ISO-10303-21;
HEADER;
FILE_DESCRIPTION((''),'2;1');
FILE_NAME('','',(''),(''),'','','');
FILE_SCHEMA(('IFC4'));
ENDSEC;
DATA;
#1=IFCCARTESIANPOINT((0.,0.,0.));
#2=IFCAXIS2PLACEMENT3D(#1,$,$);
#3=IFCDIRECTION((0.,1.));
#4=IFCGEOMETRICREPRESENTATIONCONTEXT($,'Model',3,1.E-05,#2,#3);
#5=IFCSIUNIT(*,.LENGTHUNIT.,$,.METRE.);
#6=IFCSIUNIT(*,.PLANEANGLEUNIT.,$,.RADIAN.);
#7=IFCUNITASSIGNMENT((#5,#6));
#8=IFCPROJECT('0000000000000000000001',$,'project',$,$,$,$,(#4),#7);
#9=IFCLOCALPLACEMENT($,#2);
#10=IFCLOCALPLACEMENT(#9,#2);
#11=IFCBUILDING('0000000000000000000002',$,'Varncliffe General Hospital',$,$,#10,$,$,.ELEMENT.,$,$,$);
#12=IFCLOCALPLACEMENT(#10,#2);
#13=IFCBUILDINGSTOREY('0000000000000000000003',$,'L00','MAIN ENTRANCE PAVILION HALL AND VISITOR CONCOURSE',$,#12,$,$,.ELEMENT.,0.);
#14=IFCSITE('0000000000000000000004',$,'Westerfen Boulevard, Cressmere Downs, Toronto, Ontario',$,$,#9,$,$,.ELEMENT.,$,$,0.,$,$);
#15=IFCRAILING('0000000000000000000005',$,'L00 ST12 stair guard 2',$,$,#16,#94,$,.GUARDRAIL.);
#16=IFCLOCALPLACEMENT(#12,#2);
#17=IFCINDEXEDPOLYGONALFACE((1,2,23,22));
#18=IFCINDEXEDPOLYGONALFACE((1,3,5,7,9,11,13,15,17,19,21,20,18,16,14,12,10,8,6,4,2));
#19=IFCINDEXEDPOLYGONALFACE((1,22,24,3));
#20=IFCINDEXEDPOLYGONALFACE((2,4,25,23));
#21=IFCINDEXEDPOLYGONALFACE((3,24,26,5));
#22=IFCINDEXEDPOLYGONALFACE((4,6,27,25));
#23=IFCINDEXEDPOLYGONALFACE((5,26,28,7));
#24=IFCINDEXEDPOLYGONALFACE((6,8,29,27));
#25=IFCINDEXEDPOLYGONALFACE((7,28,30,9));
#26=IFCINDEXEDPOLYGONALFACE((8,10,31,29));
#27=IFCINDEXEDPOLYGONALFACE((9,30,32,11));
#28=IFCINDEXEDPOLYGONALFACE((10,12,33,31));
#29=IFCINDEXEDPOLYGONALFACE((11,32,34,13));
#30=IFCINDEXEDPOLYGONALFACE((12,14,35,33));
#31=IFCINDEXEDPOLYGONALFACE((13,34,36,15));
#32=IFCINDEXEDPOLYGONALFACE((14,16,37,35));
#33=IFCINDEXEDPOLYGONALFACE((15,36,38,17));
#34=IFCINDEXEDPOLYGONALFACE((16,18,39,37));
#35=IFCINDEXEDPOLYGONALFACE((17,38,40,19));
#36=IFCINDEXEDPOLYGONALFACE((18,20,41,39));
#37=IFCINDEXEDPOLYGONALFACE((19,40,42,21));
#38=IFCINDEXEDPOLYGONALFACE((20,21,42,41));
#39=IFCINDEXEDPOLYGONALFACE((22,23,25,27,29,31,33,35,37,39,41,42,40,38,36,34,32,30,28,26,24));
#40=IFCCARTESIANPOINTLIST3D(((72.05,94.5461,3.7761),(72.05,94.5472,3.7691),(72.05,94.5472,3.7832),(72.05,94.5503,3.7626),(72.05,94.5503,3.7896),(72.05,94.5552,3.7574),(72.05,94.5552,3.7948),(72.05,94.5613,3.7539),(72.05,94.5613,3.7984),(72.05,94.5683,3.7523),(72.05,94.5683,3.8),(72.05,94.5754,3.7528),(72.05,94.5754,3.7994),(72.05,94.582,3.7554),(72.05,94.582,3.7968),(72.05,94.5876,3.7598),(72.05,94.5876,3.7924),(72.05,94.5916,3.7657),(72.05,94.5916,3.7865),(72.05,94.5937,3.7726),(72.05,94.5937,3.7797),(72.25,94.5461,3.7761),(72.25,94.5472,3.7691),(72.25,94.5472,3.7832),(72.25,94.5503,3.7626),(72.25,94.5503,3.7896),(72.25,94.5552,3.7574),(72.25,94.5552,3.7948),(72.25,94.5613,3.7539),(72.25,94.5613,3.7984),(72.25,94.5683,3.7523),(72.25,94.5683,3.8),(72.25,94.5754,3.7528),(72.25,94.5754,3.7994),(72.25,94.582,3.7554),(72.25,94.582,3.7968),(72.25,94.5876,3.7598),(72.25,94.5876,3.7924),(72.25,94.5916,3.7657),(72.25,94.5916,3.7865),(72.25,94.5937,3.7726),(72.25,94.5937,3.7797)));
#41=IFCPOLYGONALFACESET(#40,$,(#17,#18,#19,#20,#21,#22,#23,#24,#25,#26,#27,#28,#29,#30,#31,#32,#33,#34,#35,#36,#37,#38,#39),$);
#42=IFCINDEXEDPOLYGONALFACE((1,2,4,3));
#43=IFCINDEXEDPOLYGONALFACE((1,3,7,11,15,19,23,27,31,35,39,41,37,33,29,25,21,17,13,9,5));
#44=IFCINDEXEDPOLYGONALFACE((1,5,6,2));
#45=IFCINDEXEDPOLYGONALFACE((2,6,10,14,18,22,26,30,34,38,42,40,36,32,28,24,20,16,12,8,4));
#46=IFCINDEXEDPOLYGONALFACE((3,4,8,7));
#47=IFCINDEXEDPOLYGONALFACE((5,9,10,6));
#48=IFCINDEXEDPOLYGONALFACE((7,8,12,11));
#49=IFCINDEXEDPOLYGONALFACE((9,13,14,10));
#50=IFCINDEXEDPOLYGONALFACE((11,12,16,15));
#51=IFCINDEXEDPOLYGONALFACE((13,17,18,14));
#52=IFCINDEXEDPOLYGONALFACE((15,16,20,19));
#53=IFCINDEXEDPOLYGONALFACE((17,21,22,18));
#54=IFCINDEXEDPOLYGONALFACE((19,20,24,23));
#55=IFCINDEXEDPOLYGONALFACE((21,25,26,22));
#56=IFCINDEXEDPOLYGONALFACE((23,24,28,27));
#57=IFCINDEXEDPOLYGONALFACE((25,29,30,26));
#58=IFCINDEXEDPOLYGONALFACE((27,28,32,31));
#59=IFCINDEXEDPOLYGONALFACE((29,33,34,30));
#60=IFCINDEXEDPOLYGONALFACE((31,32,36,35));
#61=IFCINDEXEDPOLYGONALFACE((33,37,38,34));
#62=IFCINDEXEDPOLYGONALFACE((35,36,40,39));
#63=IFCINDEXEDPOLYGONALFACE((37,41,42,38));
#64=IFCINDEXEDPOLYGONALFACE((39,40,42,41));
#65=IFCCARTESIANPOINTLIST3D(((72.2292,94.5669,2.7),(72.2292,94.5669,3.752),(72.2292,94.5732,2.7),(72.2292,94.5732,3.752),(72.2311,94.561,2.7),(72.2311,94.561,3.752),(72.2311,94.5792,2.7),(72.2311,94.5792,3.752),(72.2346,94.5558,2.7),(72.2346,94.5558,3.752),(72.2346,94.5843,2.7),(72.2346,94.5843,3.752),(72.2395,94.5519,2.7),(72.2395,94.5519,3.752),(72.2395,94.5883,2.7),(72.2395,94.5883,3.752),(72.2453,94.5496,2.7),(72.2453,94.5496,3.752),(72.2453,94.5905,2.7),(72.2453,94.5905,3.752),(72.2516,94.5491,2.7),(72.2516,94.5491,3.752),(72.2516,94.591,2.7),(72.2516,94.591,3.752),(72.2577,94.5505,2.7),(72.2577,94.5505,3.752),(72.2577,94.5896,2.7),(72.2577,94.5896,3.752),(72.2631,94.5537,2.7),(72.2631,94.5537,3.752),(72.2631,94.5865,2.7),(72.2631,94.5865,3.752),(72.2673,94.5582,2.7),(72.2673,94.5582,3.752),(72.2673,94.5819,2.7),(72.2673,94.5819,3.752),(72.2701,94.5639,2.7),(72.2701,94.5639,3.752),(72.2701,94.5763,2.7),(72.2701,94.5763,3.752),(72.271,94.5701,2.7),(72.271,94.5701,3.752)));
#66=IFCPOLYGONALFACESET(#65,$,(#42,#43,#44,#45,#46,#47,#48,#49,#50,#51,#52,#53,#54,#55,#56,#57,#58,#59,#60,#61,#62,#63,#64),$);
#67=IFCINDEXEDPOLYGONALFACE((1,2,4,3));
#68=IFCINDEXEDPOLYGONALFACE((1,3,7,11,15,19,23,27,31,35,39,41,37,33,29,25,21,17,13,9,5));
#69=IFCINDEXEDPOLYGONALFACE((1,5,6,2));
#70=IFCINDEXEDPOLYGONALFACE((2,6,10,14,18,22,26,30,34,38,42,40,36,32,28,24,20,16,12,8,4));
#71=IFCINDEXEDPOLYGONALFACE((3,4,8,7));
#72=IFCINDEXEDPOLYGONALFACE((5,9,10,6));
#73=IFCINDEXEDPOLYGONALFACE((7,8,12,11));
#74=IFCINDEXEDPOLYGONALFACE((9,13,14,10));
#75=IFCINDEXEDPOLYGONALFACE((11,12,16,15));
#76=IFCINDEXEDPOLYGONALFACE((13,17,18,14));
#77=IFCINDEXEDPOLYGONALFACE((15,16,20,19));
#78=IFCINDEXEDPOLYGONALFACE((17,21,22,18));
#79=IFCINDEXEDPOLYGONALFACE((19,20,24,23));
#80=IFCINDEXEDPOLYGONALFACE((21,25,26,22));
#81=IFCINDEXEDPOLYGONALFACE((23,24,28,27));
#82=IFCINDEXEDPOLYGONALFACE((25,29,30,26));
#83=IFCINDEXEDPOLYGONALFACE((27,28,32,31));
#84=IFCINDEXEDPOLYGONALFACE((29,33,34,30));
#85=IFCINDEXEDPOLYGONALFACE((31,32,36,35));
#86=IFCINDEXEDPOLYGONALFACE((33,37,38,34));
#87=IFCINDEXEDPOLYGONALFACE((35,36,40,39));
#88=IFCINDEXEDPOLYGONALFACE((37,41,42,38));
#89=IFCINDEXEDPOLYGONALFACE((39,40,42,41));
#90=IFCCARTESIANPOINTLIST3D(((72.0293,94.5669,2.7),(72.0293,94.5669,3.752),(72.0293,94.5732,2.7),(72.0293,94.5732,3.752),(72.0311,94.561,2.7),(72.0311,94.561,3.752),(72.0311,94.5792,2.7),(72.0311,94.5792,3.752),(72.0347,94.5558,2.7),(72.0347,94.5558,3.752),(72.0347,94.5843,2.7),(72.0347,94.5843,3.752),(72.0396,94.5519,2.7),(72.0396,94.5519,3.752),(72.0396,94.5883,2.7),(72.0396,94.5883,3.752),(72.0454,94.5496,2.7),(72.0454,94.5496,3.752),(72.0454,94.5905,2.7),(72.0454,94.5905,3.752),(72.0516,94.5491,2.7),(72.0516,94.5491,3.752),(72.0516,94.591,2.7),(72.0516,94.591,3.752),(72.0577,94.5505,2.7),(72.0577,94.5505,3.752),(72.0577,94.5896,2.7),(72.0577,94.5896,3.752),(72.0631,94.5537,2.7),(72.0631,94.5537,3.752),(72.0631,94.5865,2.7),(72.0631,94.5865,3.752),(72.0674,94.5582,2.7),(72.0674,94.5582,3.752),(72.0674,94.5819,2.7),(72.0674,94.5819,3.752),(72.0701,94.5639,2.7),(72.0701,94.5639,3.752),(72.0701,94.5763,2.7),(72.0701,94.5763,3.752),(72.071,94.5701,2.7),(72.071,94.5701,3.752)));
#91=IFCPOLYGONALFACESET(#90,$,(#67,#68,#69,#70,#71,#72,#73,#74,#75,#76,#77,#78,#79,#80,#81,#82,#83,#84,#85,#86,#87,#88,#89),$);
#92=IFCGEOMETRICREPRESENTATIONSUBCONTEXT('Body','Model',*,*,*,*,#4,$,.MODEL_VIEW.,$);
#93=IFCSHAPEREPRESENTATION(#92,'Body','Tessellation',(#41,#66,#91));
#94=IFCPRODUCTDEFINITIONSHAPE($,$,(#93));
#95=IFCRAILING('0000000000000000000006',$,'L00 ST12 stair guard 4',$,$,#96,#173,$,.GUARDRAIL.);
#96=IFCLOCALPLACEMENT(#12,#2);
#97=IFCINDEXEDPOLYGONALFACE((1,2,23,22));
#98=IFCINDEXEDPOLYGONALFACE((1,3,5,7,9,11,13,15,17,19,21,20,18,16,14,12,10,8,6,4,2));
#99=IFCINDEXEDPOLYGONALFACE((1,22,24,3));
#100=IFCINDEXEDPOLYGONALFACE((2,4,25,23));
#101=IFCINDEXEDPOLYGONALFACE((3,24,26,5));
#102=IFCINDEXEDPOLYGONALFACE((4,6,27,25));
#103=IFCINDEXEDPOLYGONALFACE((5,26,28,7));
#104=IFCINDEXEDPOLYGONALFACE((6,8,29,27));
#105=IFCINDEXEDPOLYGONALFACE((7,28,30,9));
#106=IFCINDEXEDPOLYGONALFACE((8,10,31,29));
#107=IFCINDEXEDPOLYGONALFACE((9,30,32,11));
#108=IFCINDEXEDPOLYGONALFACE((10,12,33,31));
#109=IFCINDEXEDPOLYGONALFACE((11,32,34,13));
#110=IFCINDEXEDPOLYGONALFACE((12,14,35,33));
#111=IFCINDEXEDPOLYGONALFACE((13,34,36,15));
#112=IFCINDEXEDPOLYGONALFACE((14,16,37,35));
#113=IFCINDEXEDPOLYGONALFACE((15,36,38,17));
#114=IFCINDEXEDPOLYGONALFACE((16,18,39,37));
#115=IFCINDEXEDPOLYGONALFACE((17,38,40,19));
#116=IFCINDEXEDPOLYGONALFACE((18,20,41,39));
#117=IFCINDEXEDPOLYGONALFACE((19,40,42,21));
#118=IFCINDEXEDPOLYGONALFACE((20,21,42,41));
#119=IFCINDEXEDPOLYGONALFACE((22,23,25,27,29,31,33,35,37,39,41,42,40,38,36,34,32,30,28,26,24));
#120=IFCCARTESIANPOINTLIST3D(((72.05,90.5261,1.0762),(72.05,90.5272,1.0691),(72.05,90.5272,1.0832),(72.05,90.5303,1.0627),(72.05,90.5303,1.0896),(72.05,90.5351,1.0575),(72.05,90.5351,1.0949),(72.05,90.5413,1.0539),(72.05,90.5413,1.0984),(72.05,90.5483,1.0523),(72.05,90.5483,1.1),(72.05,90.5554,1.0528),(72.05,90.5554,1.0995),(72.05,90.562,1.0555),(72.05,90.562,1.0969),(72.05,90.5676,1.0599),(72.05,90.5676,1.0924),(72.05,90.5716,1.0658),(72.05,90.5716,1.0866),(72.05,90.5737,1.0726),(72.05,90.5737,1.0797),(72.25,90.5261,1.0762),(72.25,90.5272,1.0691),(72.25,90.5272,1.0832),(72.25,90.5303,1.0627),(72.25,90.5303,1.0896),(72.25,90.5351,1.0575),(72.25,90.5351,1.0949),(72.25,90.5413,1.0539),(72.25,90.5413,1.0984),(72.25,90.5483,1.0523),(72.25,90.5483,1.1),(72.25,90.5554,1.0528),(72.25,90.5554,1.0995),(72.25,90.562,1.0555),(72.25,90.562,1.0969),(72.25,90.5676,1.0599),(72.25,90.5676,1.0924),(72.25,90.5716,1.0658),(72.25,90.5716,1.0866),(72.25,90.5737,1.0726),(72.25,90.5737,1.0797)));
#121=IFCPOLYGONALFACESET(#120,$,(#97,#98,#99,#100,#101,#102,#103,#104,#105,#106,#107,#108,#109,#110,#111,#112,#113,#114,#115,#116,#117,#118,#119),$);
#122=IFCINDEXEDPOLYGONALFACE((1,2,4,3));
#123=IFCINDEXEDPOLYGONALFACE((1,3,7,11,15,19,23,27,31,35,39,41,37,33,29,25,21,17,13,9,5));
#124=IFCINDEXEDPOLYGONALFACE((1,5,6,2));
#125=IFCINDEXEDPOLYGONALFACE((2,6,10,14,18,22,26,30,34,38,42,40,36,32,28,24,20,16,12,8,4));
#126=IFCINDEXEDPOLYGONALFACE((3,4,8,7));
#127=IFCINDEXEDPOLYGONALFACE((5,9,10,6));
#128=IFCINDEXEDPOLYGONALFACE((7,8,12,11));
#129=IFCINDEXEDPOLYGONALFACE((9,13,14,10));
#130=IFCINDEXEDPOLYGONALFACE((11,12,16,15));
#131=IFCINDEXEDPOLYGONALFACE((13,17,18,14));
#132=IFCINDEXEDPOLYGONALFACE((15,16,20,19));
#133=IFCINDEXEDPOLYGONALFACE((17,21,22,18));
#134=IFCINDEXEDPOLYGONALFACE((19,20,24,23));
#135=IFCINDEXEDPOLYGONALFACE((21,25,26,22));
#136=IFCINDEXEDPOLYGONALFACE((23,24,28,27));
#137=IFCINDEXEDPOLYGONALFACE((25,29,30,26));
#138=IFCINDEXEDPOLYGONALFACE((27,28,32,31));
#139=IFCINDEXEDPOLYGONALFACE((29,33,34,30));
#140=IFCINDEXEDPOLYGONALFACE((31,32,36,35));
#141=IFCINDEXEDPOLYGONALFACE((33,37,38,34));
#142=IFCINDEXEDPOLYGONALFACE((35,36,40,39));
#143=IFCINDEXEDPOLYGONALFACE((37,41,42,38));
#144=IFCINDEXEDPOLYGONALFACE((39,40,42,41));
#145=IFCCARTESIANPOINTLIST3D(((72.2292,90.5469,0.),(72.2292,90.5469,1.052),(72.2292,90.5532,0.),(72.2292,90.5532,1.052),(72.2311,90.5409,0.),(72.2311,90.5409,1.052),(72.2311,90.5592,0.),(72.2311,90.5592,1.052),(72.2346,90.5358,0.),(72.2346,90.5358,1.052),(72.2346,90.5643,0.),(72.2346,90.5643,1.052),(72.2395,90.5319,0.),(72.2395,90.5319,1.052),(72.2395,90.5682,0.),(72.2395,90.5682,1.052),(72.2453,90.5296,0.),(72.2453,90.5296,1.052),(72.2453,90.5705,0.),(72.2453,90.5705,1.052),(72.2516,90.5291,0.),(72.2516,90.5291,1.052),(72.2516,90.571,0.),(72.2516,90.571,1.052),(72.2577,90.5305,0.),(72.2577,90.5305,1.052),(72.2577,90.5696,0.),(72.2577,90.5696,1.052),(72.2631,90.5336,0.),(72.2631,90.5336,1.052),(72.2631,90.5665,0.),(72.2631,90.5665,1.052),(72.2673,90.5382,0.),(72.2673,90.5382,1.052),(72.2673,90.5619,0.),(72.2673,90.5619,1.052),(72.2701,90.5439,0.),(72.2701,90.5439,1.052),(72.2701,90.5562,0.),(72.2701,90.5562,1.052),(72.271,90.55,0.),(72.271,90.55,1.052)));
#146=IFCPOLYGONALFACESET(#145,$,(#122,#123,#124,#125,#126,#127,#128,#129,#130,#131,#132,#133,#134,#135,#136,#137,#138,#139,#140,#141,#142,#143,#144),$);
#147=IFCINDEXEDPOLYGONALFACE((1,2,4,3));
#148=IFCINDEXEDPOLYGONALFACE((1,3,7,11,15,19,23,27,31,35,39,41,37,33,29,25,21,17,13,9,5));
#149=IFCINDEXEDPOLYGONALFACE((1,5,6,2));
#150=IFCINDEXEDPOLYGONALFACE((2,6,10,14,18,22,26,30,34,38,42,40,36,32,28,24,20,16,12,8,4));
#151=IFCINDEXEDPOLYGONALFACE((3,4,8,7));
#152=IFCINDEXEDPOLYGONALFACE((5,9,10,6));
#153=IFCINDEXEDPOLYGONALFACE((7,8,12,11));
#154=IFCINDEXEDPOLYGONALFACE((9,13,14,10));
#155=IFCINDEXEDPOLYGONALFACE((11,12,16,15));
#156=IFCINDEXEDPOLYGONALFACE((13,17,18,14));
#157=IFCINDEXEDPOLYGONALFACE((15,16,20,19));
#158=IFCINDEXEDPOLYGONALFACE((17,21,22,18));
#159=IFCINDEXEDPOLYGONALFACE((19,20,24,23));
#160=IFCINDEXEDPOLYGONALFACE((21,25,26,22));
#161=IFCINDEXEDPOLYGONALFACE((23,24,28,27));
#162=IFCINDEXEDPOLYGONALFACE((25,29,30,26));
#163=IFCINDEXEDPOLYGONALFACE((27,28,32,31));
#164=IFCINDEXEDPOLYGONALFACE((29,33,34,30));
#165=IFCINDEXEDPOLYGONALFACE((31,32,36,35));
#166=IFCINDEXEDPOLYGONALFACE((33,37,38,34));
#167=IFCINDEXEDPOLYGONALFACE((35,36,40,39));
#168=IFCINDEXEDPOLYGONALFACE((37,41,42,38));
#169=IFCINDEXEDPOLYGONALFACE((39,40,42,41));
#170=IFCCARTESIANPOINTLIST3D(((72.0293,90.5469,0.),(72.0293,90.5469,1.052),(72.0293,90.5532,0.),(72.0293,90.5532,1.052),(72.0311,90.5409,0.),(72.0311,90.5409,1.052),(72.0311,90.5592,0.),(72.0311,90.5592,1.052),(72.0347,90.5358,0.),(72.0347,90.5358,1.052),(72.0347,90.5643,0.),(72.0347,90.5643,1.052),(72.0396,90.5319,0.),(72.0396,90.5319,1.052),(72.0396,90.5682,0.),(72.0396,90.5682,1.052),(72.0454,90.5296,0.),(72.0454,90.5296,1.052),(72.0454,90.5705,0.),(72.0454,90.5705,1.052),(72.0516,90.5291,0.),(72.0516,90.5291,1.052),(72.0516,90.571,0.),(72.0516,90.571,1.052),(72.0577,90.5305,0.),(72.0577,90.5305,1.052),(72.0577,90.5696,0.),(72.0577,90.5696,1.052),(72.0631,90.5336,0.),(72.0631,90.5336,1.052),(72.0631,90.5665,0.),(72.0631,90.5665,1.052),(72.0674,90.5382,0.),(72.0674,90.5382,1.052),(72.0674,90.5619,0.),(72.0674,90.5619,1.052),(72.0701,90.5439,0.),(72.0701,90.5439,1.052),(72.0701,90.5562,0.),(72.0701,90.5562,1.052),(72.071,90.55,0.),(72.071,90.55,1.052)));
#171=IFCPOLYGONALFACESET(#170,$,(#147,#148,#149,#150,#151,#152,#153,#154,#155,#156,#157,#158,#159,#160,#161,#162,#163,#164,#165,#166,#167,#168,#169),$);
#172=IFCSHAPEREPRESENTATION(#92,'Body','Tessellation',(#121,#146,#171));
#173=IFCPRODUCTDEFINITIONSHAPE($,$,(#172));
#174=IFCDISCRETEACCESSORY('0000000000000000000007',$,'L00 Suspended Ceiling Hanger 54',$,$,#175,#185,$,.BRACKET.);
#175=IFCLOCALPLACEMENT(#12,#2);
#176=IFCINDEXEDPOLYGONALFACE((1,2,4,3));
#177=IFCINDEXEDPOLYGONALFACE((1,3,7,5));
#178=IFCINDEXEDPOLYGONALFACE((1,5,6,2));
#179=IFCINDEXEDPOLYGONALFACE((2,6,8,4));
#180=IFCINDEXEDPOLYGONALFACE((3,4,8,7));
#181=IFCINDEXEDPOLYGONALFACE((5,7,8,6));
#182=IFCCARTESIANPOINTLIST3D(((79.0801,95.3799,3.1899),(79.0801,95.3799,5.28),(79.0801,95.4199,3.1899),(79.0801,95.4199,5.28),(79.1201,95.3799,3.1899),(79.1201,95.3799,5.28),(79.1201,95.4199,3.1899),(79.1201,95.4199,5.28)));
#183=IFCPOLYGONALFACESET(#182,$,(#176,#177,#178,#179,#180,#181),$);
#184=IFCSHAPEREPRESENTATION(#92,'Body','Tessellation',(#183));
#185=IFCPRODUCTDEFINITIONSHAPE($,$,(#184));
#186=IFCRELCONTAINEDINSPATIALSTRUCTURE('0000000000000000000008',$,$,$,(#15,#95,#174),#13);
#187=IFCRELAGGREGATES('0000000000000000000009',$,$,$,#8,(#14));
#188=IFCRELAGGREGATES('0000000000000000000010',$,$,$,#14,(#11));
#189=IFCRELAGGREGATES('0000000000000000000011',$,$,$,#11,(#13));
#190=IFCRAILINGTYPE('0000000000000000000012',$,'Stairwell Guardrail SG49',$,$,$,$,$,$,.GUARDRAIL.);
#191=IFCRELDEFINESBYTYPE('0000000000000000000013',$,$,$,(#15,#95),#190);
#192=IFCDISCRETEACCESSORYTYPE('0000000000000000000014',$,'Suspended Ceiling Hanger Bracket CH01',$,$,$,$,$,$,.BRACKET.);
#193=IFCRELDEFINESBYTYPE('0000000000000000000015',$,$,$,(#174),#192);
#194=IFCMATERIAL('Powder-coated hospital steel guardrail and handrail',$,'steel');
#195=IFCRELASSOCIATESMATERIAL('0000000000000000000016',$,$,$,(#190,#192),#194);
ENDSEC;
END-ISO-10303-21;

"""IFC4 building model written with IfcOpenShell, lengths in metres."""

from ifc_helpers import new_model, si_unit, direction, frame, origin, origin_2d, place, context, subcontext, project, spatial, rectangle, circle, extrude, material, type_object, element, save


model = new_model("IFC4")

# Units and contexts
model_context = context("Model", 3, precision=1e-05, world=origin(), true_north=direction((0.0, 1.0)))
body_context = subcontext(model_context, "Body", "Model", "MODEL_VIEW")
ifc_project = project(units=[si_unit("LENGTHUNIT", "METRE"), si_unit("PLANEANGLEUNIT", "RADIAN")], contexts=[model_context])

# Site, building, storey
site_placement = place(None, origin())
site = spatial("IfcSite", under=ifc_project, at=site_placement, Name="Westerfen Boulevard, Cressmere Downs, Toronto, Ontario", CompositionType="ELEMENT", RefElevation=0.0)
building_placement = place(site_placement, origin())
building = spatial("IfcBuilding", under=site, at=building_placement, Name="Varncliffe General Hospital", CompositionType="ELEMENT")
storey_placement = place(building_placement, origin())
storey = spatial("IfcBuildingStorey", under=building, at=storey_placement, Name="L00", Description="MAIN ENTRANCE PAVILION HALL AND VISITOR CONCOURSE", CompositionType="ELEMENT", Elevation=0.0)

# Railings
ifc_material_1 = material(Name="Powder-coated hospital steel guardrail and handrail", Category="steel")
railing_type_1 = type_object("IfcRailingType", Name="Stairwell Guardrail SG49", PredefinedType="GUARDRAIL", material=ifc_material_1)
for number, where, name in (
    (1, (72.25, 94.5701, 2.7), "L00 ST12 stair guard 2"),
    (2, (72.25, 90.55, 0.0), "L00 ST12 stair guard 4"),
):
    element("IfcRailing", number, at=place(storey_placement, frame(where)), inside=storey, type_object=railing_type_1, Name=name, PredefinedType="GUARDRAIL", context=body_context, shape_type="SweptSolid", body=[
        extrude(circle(Radius=0.0239, at=origin_2d()), frame((0.0, 0.0, 1.0762), z_axis=(-1.0, 0.0, 0.0), x_axis=(0.0, -1.0, 0.0)), (0.0, 0.0, 1.0), 0.2),
        extrude(circle(Radius=0.021, at=origin_2d()), origin(), (0.0, 0.0, 1.0), 1.052),
        extrude(circle(Radius=0.021, at=origin_2d()), frame((-0.2, 0.0, 0.0)), (0.0, 0.0, 1.0), 1.052),
    ])

# Discrete accessory
discrete_accessory_type = type_object("IfcDiscreteAccessoryType", Name="Suspended Ceiling Hanger Bracket CH01", PredefinedType="BRACKET", material=ifc_material_1)
discrete_accessory_placement = place(storey_placement, frame((79.1001, 95.3999, 3.1899), z_axis=(0.0, 0.0, 1.0), x_axis=(1.0, 0.0, 0.0)))
element("IfcDiscreteAccessory", 3, at=discrete_accessory_placement, inside=storey, type_object=discrete_accessory_type, Name="L00 Suspended Ceiling Hanger 54", PredefinedType="BRACKET", context=body_context, shape_type="SweptSolid", body=[
    extrude(rectangle(XDim=0.04, YDim=0.04, at=origin_2d()), origin(), (0.0, 0.0, 1.0), 2.0901),
])

save(model, "model.ifc")
